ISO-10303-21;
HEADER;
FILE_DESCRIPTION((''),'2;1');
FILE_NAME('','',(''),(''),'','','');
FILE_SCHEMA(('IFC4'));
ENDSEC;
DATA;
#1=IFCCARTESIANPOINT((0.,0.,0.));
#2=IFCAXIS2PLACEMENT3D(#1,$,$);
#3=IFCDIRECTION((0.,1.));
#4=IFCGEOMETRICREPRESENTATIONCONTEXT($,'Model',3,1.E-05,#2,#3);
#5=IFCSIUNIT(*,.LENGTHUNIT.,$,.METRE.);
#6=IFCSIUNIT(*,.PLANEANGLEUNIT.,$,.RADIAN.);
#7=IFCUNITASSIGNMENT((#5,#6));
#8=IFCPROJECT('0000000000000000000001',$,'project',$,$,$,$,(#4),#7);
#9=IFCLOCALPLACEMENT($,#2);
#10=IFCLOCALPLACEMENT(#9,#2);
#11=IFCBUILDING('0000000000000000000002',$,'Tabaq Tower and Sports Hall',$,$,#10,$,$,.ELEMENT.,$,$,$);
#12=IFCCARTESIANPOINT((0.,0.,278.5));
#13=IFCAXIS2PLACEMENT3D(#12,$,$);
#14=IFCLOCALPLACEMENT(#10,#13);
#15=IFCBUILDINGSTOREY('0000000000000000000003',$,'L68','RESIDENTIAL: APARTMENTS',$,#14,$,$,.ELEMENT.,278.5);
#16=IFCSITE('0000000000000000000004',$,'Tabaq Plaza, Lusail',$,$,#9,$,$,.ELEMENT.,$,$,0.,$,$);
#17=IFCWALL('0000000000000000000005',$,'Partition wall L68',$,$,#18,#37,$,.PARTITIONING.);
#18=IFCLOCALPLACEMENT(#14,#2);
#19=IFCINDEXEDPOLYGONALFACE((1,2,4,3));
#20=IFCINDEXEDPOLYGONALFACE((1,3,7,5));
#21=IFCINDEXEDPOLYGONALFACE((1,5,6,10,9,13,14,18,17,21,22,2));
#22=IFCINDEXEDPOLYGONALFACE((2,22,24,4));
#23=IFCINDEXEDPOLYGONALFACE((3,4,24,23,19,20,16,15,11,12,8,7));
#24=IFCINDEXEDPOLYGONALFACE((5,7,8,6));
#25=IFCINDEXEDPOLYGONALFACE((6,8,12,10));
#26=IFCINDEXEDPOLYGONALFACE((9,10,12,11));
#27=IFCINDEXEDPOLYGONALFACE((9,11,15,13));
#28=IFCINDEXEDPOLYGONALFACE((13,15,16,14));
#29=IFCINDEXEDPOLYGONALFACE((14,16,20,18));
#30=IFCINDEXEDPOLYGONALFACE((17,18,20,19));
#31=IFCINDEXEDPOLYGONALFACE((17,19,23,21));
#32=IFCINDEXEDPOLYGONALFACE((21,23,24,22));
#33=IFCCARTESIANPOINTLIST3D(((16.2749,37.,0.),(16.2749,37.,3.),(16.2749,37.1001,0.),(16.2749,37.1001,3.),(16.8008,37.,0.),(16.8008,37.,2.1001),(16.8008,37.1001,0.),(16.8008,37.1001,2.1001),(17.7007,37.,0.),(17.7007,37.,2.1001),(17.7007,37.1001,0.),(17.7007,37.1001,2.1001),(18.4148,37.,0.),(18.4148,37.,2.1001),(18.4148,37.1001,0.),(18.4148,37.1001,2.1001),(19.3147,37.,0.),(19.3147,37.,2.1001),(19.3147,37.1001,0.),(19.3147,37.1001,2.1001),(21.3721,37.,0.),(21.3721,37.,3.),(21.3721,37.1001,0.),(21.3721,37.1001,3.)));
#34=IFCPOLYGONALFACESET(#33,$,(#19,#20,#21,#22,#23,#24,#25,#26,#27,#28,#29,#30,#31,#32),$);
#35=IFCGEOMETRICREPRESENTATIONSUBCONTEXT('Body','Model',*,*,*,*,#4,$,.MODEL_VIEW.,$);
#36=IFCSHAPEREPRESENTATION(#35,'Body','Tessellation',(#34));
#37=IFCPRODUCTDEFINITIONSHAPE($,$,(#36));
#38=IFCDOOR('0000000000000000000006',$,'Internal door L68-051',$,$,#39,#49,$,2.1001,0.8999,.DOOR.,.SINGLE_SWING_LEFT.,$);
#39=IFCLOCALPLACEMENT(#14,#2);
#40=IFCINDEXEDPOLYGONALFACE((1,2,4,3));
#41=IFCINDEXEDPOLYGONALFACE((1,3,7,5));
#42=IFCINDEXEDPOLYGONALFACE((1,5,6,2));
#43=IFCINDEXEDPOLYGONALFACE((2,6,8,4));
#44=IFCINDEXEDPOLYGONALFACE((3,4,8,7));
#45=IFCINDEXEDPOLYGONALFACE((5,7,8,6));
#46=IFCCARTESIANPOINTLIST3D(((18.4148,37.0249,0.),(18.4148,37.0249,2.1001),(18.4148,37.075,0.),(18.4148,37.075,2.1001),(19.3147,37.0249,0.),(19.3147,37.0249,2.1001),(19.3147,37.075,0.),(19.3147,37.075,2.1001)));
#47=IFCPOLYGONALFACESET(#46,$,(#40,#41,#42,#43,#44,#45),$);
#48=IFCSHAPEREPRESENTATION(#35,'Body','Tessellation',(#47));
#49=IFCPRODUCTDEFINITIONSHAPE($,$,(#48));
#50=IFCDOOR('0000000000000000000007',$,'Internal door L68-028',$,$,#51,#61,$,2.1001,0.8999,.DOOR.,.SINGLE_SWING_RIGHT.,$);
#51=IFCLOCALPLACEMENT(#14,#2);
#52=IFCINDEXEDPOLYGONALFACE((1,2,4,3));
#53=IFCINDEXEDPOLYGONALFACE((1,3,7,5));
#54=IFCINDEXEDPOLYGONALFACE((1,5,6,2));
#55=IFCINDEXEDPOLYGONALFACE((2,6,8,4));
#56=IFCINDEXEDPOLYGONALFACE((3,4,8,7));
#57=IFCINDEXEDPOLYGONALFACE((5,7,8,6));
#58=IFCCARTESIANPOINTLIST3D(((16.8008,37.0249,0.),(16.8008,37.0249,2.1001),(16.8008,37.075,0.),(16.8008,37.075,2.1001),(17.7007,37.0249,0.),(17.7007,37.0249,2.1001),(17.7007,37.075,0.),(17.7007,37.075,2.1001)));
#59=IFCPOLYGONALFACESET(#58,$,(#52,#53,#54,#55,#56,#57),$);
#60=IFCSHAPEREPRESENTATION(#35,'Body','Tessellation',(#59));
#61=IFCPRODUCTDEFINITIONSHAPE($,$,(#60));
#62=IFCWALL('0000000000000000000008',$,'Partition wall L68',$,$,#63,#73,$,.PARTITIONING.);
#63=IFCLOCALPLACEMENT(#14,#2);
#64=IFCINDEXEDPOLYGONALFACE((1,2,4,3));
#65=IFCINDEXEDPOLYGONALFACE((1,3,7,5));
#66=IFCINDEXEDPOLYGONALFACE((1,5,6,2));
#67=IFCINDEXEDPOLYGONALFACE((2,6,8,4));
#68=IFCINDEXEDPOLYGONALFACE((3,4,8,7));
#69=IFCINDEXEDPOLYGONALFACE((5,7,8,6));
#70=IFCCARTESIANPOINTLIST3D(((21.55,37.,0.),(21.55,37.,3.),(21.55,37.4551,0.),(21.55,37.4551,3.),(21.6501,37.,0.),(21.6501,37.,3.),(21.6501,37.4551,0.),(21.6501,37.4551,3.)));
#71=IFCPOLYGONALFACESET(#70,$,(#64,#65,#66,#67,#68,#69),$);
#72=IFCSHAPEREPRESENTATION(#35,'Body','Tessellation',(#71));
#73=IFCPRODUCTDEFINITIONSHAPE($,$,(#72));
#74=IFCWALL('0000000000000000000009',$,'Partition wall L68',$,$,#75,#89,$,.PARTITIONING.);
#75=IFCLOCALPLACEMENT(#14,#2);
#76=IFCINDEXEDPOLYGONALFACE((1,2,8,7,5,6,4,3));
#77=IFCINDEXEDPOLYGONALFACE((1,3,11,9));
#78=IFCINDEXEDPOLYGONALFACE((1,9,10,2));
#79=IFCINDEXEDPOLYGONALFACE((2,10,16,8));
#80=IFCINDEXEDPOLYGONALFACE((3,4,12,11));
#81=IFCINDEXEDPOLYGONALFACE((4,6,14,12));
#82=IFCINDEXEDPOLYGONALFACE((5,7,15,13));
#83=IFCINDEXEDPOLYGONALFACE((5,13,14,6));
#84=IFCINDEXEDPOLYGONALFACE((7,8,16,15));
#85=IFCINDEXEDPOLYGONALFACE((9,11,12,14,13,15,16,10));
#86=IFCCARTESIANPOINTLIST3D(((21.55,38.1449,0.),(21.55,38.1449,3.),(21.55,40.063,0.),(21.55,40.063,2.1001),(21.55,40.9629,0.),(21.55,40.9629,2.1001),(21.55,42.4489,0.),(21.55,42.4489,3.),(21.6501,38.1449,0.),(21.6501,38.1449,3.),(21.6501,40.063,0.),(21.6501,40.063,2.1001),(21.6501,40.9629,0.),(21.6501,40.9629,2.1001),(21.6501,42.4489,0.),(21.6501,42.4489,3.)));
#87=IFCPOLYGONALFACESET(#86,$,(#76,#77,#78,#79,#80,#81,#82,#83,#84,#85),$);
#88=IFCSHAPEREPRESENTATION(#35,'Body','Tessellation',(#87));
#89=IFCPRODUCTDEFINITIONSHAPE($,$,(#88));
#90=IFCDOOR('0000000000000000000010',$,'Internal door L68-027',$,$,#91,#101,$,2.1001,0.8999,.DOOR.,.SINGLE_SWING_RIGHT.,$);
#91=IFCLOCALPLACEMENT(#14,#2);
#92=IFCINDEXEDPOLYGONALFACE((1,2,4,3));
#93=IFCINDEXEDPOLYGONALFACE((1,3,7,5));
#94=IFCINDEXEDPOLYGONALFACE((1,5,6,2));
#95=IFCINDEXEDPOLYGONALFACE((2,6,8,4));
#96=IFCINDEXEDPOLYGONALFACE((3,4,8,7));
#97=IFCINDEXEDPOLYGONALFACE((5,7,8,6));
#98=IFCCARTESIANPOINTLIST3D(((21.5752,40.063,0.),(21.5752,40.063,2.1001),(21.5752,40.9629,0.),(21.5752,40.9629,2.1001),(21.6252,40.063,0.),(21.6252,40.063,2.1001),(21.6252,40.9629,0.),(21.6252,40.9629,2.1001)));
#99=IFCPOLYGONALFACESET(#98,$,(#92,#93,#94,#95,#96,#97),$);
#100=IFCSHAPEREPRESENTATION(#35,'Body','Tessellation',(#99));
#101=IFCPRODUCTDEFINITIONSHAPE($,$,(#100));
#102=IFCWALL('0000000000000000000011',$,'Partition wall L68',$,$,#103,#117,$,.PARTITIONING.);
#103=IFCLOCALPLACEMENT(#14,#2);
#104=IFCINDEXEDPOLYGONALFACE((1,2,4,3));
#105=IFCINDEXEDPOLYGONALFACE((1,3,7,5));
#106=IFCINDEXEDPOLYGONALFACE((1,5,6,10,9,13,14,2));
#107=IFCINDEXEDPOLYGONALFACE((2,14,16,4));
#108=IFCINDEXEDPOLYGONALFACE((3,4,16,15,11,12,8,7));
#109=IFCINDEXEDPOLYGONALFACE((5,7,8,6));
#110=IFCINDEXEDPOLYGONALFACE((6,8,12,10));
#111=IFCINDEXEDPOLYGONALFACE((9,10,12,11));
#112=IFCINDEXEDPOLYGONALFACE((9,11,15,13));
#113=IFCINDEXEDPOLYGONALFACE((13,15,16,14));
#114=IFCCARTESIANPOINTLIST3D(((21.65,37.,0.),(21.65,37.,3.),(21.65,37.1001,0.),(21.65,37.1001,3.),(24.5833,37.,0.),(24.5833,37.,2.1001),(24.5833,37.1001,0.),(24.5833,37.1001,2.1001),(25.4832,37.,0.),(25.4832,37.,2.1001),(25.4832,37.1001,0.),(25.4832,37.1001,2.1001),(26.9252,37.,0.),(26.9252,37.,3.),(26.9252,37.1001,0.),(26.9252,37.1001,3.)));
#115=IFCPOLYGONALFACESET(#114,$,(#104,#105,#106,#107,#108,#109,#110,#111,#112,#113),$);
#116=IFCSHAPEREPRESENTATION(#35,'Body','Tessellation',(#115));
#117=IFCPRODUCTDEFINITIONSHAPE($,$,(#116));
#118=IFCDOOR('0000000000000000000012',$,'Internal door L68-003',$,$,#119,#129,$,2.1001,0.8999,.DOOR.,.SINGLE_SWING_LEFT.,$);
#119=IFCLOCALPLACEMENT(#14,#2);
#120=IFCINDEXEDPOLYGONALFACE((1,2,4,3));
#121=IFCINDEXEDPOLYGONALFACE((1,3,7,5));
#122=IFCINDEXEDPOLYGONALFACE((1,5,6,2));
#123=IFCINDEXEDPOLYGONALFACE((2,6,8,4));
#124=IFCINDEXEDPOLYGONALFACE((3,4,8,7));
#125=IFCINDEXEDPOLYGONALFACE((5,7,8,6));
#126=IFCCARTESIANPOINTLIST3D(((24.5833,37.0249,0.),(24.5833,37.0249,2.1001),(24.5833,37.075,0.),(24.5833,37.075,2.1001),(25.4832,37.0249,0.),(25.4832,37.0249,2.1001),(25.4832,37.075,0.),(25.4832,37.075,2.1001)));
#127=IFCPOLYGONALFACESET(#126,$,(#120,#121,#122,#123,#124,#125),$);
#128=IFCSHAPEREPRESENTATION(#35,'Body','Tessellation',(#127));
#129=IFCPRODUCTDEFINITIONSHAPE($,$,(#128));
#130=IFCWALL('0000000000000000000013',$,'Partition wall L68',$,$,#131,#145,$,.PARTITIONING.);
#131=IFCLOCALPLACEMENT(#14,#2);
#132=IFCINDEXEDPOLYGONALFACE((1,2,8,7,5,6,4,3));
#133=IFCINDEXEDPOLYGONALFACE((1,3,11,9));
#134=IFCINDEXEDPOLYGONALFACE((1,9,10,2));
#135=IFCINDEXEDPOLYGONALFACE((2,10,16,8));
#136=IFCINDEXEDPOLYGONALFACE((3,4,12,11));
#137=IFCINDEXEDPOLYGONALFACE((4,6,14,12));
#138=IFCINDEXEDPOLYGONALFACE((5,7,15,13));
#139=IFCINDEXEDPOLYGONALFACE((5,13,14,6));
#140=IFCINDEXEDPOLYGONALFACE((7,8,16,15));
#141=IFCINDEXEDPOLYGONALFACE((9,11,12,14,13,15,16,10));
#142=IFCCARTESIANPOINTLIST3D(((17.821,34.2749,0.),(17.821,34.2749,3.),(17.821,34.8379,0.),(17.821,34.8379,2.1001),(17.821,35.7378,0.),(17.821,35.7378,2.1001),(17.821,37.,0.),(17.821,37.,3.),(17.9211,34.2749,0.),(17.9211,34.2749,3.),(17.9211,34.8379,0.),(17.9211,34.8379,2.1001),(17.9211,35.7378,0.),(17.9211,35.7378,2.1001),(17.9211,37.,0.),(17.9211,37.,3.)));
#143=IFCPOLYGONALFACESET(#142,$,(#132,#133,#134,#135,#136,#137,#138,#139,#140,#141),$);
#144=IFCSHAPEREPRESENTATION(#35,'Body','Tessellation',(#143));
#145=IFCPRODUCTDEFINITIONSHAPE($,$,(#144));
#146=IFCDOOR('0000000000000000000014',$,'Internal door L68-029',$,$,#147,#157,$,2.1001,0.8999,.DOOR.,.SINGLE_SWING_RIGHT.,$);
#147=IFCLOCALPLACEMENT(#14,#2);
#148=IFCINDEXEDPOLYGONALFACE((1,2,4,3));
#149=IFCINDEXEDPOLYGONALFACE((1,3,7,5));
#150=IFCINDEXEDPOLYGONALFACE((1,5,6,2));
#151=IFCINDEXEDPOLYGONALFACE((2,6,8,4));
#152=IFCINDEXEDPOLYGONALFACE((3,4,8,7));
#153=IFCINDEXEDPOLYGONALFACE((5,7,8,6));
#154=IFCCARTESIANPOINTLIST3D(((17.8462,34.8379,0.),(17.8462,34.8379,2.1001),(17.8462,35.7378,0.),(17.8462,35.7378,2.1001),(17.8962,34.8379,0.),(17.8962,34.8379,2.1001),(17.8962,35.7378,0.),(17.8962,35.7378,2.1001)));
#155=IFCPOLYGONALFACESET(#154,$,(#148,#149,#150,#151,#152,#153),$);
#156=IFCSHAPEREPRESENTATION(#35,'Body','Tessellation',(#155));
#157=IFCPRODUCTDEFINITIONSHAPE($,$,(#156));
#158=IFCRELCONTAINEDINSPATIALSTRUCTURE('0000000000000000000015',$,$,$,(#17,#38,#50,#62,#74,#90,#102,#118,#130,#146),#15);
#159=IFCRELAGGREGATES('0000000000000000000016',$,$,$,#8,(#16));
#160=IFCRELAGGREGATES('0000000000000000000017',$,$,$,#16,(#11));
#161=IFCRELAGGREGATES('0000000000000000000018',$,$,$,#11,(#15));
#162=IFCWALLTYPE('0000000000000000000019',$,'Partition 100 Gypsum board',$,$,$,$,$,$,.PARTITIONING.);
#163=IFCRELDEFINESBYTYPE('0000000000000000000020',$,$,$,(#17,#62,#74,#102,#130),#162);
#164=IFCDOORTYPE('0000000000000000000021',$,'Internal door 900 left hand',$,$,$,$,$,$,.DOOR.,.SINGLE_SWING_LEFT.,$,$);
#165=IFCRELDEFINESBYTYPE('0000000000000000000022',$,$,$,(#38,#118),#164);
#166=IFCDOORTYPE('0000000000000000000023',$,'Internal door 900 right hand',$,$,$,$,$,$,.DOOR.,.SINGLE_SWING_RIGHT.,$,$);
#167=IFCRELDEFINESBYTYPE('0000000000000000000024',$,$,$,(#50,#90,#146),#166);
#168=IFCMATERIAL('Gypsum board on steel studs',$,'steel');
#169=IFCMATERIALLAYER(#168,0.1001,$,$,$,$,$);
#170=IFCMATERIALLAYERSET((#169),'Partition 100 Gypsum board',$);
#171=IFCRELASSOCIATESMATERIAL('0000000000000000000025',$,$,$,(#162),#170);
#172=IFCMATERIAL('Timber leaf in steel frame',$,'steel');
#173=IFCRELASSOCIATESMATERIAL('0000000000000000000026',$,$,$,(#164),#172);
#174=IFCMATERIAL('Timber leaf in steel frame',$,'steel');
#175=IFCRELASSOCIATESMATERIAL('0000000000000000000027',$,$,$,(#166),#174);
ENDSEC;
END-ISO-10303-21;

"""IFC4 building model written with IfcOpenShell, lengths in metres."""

from ifc_helpers import new_model, si_unit, direction, frame, frame_2d, origin, place, context, subcontext, project, spatial, rectangle, extrude, material, layer, layer_set, type_object, element, fill, save


model = new_model("IFC4")

# Units and contexts
model_context = context("Model", 3, precision=1e-05, world=origin(), true_north=direction((0.0, 1.0)))
body_context = subcontext(model_context, "Body", "Model", "MODEL_VIEW")
ifc_project = project(units=[si_unit("LENGTHUNIT", "METRE"), si_unit("PLANEANGLEUNIT", "RADIAN")], contexts=[model_context])

# Site, building, storey
site_placement = place(None, origin())
site = spatial("IfcSite", under=ifc_project, at=site_placement, Name="Tabaq Plaza, Lusail", CompositionType="ELEMENT", RefElevation=0.0)
building_placement = place(site_placement, origin())
building = spatial("IfcBuilding", under=site, at=building_placement, Name="Tabaq Tower and Sports Hall", CompositionType="ELEMENT")
storey_placement = place(building_placement, frame((0.0, 0.0, 278.5)))
storey = spatial("IfcBuildingStorey", under=building, at=storey_placement, Name="L68", Description="RESIDENTIAL: APARTMENTS", CompositionType="ELEMENT", Elevation=278.5)

# Wall, openings, doors
ifc_material_1 = material(Name="Gypsum board on steel studs", Category="steel")
ifc_layer_1 = layer(ifc_material_1, 0.1001)
ifc_layer_set_1 = layer_set([ifc_layer_1], Name="Partition 100 Gypsum board")
wall_type = type_object("IfcWallType", Name="Partition 100 Gypsum board", PredefinedType="PARTITIONING", material=ifc_layer_set_1)
wall_1_placement = place(storey_placement, frame((16.2749, 37.05, 0.0), z_axis=(0.0, 0.0, 1.0), x_axis=(1.0, 0.0, 0.0)))
wall_1 = element("IfcWall", 1, at=wall_1_placement, inside=storey, type_object=wall_type, Name="Partition wall L68", PredefinedType="PARTITIONING", context=body_context, shape_type="SweptSolid", body=[
    extrude(rectangle(XDim=5.0972, YDim=0.1001, at=frame_2d((2.5486, 0.0))), origin(), (0.0, 0.0, 1.0), 3.0),
])
opening_1_placement = place(wall_1_placement, frame((0.5259, 0.0, 0.0)))
opening_1 = element("IfcOpeningElement", 2, at=opening_1_placement, cuts=wall_1, PredefinedType="OPENING", context=body_context, shape_type="SweptSolid", body=[
    extrude(rectangle(XDim=0.8999, YDim=2.1001, at=frame_2d((0.45, 1.05))), frame((0.0, 0.05, 0.0), z_axis=(0.0, -1.0, 0.0), x_axis=(1.0, 0.0, 0.0)), (0.0, 0.0, 1.0), 0.1001),
])
opening_2_placement = place(wall_1_placement, frame((2.1399, 0.0, 0.0)))
opening_2 = element("IfcOpeningElement", 3, at=opening_2_placement, cuts=wall_1, PredefinedType="OPENING", context=body_context, shape_type="SweptSolid", body=[
    extrude(rectangle(XDim=0.8999, YDim=2.1001, at=frame_2d((0.45, 1.05))), frame((0.0, 0.05, 0.0), z_axis=(0.0, -1.0, 0.0), x_axis=(1.0, 0.0, 0.0)), (0.0, 0.0, 1.0), 0.1001),
])
ifc_material_2 = material(Name="Timber leaf in steel frame", Category="steel")
door_type_1 = type_object("IfcDoorType", Name="Internal door 900 left hand", OperationType="SINGLE_SWING_LEFT", PredefinedType="DOOR", material=ifc_material_2)
door_1_placement = place(opening_2_placement, origin())
door_1 = element("IfcDoor", 4, at=door_1_placement, inside=storey, type_object=door_type_1, Name="Internal door L68-051", OperationType="SINGLE_SWING_LEFT", OverallHeight=2.1001, OverallWidth=0.8999, PredefinedType="DOOR", context=body_context, shape_type="SweptSolid", body=[
    extrude(rectangle(XDim=0.8999, YDim=2.1001, at=frame_2d((0.45, 1.05))), frame((0.0, 0.0249, 0.0), z_axis=(0.0, -1.0, 0.0), x_axis=(1.0, 0.0, 0.0)), (0.0, 0.0, 1.0), 0.05),
])
fill(opening_2, door_1)
ifc_material_3 = material(Name="Timber leaf in steel frame", Category="steel")
door_type_2 = type_object("IfcDoorType", Name="Internal door 900 right hand", OperationType="SINGLE_SWING_RIGHT", PredefinedType="DOOR", material=ifc_material_3)
door_2_placement = place(opening_1_placement, origin())
door_2 = element("IfcDoor", 5, at=door_2_placement, inside=storey, type_object=door_type_2, Name="Internal door L68-028", OperationType="SINGLE_SWING_RIGHT", OverallHeight=2.1001, OverallWidth=0.8999, PredefinedType="DOOR", context=body_context, shape_type="SweptSolid", body=[
    extrude(rectangle(XDim=0.8999, YDim=2.1001, at=frame_2d((0.45, 1.05))), frame((0.0, 0.0249, 0.0), z_axis=(0.0, -1.0, 0.0), x_axis=(1.0, 0.0, 0.0)), (0.0, 0.0, 1.0), 0.05),
])
fill(opening_1, door_2)

# Wall
wall_2_placement = place(storey_placement, frame((21.6001, 37.0, 0.0), z_axis=(0.0, 0.0, 1.0), x_axis=(0.0, 1.0, 0.0)))
element("IfcWall", 6, at=wall_2_placement, inside=storey, type_object=wall_type, Name="Partition wall L68", PredefinedType="PARTITIONING", context=body_context, shape_type="SweptSolid", body=[
    extrude(rectangle(XDim=0.4551, YDim=0.1001, at=frame_2d((0.2275, 0.0))), origin(), (0.0, 0.0, 1.0), 3.0),
])

# Walls, openings, doors
wall_3_placement = place(storey_placement, frame((21.6001, 38.145, 0.0), z_axis=(0.0, 0.0, 1.0), x_axis=(0.0, 1.0, 0.0)))
wall_3 = element("IfcWall", 7, at=wall_3_placement, inside=storey, type_object=wall_type, Name="Partition wall L68", PredefinedType="PARTITIONING", context=body_context, shape_type="SweptSolid", body=[
    extrude(rectangle(XDim=4.304, YDim=0.1001, at=frame_2d((2.1519, 0.0))), origin(), (0.0, 0.0, 1.0), 3.0),
])
opening_3_placement = place(wall_3_placement, frame((1.918, 0.0, 0.0)))
opening_3 = element("IfcOpeningElement", 8, at=opening_3_placement, cuts=wall_3, PredefinedType="OPENING", context=body_context, shape_type="SweptSolid", body=[
    extrude(rectangle(XDim=0.8999, YDim=2.1001, at=frame_2d((0.45, 1.05))), frame((0.0, 0.05, 0.0), z_axis=(0.0, -1.0, 0.0), x_axis=(1.0, 0.0, 0.0)), (0.0, 0.0, 1.0), 0.1001),
])
door_3_placement = place(opening_3_placement, origin())
door_3 = element("IfcDoor", 9, at=door_3_placement, inside=storey, type_object=door_type_2, Name="Internal door L68-027", OperationType="SINGLE_SWING_RIGHT", OverallHeight=2.1001, OverallWidth=0.8999, PredefinedType="DOOR", context=body_context, shape_type="SweptSolid", body=[
    extrude(rectangle(XDim=0.8999, YDim=2.1001, at=frame_2d((0.45, 1.05))), frame((0.0, 0.0249, 0.0), z_axis=(0.0, -1.0, 0.0), x_axis=(1.0, 0.0, 0.0)), (0.0, 0.0, 1.0), 0.05),
])
fill(opening_3, door_3)
wall_4_placement = place(storey_placement, frame((21.6499, 37.05, 0.0), z_axis=(0.0, 0.0, 1.0), x_axis=(1.0, 0.0, 0.0)))
wall_4 = element("IfcWall", 10, at=wall_4_placement, inside=storey, type_object=wall_type, Name="Partition wall L68", PredefinedType="PARTITIONING", context=body_context, shape_type="SweptSolid", body=[
    extrude(rectangle(XDim=5.2751, YDim=0.1001, at=frame_2d((2.6377, 0.0))), origin(), (0.0, 0.0, 1.0), 3.0),
])
opening_4_placement = place(wall_4_placement, frame((2.9333, 0.0, 0.0)))
opening_4 = element("IfcOpeningElement", 11, at=opening_4_placement, cuts=wall_4, PredefinedType="OPENING", context=body_context, shape_type="SweptSolid", body=[
    extrude(rectangle(XDim=0.8999, YDim=2.1001, at=frame_2d((0.45, 1.05))), frame((0.0, 0.05, 0.0), z_axis=(0.0, -1.0, 0.0), x_axis=(1.0, 0.0, 0.0)), (0.0, 0.0, 1.0), 0.1001),
])
door_4_placement = place(opening_4_placement, origin())
door_4 = element("IfcDoor", 12, at=door_4_placement, inside=storey, type_object=door_type_1, Name="Internal door L68-003", OperationType="SINGLE_SWING_LEFT", OverallHeight=2.1001, OverallWidth=0.8999, PredefinedType="DOOR", context=body_context, shape_type="SweptSolid", body=[
    extrude(rectangle(XDim=0.8999, YDim=2.1001, at=frame_2d((0.45, 1.05))), frame((0.0, 0.0249, 0.0), z_axis=(0.0, -1.0, 0.0), x_axis=(1.0, 0.0, 0.0)), (0.0, 0.0, 1.0), 0.05),
])
fill(opening_4, door_4)
wall_5_placement = place(storey_placement, frame((17.8711, 34.2749, 0.0), z_axis=(0.0, 0.0, 1.0), x_axis=(0.0, 1.0, 0.0)))
wall_5 = element("IfcWall", 13, at=wall_5_placement, inside=storey, type_object=wall_type, Name="Partition wall L68", PredefinedType="PARTITIONING", context=body_context, shape_type="SweptSolid", body=[
    extrude(rectangle(XDim=2.7251, YDim=0.1001, at=frame_2d((1.3625, 0.0))), origin(), (0.0, 0.0, 1.0), 3.0),
])
opening_5_placement = place(wall_5_placement, frame((0.563, 0.0, 0.0)))
opening_5 = element("IfcOpeningElement", 14, at=opening_5_placement, cuts=wall_5, PredefinedType="OPENING", context=body_context, shape_type="SweptSolid", body=[
    extrude(rectangle(XDim=0.8999, YDim=2.1001, at=frame_2d((0.45, 1.05))), frame((0.0, 0.05, 0.0), z_axis=(0.0, -1.0, 0.0), x_axis=(1.0, 0.0, 0.0)), (0.0, 0.0, 1.0), 0.1001),
])
door_5_placement = place(opening_5_placement, origin())
door_5 = element("IfcDoor", 15, at=door_5_placement, inside=storey, type_object=door_type_2, Name="Internal door L68-029", OperationType="SINGLE_SWING_RIGHT", OverallHeight=2.1001, OverallWidth=0.8999, PredefinedType="DOOR", context=body_context, shape_type="SweptSolid", body=[
    extrude(rectangle(XDim=0.8999, YDim=2.1001, at=frame_2d((0.45, 1.05))), frame((0.0, 0.0249, 0.0), z_axis=(0.0, -1.0, 0.0), x_axis=(1.0, 0.0, 0.0)), (0.0, 0.0, 1.0), 0.05),
])
fill(opening_5, door_5)

save(model, "model.ifc")
